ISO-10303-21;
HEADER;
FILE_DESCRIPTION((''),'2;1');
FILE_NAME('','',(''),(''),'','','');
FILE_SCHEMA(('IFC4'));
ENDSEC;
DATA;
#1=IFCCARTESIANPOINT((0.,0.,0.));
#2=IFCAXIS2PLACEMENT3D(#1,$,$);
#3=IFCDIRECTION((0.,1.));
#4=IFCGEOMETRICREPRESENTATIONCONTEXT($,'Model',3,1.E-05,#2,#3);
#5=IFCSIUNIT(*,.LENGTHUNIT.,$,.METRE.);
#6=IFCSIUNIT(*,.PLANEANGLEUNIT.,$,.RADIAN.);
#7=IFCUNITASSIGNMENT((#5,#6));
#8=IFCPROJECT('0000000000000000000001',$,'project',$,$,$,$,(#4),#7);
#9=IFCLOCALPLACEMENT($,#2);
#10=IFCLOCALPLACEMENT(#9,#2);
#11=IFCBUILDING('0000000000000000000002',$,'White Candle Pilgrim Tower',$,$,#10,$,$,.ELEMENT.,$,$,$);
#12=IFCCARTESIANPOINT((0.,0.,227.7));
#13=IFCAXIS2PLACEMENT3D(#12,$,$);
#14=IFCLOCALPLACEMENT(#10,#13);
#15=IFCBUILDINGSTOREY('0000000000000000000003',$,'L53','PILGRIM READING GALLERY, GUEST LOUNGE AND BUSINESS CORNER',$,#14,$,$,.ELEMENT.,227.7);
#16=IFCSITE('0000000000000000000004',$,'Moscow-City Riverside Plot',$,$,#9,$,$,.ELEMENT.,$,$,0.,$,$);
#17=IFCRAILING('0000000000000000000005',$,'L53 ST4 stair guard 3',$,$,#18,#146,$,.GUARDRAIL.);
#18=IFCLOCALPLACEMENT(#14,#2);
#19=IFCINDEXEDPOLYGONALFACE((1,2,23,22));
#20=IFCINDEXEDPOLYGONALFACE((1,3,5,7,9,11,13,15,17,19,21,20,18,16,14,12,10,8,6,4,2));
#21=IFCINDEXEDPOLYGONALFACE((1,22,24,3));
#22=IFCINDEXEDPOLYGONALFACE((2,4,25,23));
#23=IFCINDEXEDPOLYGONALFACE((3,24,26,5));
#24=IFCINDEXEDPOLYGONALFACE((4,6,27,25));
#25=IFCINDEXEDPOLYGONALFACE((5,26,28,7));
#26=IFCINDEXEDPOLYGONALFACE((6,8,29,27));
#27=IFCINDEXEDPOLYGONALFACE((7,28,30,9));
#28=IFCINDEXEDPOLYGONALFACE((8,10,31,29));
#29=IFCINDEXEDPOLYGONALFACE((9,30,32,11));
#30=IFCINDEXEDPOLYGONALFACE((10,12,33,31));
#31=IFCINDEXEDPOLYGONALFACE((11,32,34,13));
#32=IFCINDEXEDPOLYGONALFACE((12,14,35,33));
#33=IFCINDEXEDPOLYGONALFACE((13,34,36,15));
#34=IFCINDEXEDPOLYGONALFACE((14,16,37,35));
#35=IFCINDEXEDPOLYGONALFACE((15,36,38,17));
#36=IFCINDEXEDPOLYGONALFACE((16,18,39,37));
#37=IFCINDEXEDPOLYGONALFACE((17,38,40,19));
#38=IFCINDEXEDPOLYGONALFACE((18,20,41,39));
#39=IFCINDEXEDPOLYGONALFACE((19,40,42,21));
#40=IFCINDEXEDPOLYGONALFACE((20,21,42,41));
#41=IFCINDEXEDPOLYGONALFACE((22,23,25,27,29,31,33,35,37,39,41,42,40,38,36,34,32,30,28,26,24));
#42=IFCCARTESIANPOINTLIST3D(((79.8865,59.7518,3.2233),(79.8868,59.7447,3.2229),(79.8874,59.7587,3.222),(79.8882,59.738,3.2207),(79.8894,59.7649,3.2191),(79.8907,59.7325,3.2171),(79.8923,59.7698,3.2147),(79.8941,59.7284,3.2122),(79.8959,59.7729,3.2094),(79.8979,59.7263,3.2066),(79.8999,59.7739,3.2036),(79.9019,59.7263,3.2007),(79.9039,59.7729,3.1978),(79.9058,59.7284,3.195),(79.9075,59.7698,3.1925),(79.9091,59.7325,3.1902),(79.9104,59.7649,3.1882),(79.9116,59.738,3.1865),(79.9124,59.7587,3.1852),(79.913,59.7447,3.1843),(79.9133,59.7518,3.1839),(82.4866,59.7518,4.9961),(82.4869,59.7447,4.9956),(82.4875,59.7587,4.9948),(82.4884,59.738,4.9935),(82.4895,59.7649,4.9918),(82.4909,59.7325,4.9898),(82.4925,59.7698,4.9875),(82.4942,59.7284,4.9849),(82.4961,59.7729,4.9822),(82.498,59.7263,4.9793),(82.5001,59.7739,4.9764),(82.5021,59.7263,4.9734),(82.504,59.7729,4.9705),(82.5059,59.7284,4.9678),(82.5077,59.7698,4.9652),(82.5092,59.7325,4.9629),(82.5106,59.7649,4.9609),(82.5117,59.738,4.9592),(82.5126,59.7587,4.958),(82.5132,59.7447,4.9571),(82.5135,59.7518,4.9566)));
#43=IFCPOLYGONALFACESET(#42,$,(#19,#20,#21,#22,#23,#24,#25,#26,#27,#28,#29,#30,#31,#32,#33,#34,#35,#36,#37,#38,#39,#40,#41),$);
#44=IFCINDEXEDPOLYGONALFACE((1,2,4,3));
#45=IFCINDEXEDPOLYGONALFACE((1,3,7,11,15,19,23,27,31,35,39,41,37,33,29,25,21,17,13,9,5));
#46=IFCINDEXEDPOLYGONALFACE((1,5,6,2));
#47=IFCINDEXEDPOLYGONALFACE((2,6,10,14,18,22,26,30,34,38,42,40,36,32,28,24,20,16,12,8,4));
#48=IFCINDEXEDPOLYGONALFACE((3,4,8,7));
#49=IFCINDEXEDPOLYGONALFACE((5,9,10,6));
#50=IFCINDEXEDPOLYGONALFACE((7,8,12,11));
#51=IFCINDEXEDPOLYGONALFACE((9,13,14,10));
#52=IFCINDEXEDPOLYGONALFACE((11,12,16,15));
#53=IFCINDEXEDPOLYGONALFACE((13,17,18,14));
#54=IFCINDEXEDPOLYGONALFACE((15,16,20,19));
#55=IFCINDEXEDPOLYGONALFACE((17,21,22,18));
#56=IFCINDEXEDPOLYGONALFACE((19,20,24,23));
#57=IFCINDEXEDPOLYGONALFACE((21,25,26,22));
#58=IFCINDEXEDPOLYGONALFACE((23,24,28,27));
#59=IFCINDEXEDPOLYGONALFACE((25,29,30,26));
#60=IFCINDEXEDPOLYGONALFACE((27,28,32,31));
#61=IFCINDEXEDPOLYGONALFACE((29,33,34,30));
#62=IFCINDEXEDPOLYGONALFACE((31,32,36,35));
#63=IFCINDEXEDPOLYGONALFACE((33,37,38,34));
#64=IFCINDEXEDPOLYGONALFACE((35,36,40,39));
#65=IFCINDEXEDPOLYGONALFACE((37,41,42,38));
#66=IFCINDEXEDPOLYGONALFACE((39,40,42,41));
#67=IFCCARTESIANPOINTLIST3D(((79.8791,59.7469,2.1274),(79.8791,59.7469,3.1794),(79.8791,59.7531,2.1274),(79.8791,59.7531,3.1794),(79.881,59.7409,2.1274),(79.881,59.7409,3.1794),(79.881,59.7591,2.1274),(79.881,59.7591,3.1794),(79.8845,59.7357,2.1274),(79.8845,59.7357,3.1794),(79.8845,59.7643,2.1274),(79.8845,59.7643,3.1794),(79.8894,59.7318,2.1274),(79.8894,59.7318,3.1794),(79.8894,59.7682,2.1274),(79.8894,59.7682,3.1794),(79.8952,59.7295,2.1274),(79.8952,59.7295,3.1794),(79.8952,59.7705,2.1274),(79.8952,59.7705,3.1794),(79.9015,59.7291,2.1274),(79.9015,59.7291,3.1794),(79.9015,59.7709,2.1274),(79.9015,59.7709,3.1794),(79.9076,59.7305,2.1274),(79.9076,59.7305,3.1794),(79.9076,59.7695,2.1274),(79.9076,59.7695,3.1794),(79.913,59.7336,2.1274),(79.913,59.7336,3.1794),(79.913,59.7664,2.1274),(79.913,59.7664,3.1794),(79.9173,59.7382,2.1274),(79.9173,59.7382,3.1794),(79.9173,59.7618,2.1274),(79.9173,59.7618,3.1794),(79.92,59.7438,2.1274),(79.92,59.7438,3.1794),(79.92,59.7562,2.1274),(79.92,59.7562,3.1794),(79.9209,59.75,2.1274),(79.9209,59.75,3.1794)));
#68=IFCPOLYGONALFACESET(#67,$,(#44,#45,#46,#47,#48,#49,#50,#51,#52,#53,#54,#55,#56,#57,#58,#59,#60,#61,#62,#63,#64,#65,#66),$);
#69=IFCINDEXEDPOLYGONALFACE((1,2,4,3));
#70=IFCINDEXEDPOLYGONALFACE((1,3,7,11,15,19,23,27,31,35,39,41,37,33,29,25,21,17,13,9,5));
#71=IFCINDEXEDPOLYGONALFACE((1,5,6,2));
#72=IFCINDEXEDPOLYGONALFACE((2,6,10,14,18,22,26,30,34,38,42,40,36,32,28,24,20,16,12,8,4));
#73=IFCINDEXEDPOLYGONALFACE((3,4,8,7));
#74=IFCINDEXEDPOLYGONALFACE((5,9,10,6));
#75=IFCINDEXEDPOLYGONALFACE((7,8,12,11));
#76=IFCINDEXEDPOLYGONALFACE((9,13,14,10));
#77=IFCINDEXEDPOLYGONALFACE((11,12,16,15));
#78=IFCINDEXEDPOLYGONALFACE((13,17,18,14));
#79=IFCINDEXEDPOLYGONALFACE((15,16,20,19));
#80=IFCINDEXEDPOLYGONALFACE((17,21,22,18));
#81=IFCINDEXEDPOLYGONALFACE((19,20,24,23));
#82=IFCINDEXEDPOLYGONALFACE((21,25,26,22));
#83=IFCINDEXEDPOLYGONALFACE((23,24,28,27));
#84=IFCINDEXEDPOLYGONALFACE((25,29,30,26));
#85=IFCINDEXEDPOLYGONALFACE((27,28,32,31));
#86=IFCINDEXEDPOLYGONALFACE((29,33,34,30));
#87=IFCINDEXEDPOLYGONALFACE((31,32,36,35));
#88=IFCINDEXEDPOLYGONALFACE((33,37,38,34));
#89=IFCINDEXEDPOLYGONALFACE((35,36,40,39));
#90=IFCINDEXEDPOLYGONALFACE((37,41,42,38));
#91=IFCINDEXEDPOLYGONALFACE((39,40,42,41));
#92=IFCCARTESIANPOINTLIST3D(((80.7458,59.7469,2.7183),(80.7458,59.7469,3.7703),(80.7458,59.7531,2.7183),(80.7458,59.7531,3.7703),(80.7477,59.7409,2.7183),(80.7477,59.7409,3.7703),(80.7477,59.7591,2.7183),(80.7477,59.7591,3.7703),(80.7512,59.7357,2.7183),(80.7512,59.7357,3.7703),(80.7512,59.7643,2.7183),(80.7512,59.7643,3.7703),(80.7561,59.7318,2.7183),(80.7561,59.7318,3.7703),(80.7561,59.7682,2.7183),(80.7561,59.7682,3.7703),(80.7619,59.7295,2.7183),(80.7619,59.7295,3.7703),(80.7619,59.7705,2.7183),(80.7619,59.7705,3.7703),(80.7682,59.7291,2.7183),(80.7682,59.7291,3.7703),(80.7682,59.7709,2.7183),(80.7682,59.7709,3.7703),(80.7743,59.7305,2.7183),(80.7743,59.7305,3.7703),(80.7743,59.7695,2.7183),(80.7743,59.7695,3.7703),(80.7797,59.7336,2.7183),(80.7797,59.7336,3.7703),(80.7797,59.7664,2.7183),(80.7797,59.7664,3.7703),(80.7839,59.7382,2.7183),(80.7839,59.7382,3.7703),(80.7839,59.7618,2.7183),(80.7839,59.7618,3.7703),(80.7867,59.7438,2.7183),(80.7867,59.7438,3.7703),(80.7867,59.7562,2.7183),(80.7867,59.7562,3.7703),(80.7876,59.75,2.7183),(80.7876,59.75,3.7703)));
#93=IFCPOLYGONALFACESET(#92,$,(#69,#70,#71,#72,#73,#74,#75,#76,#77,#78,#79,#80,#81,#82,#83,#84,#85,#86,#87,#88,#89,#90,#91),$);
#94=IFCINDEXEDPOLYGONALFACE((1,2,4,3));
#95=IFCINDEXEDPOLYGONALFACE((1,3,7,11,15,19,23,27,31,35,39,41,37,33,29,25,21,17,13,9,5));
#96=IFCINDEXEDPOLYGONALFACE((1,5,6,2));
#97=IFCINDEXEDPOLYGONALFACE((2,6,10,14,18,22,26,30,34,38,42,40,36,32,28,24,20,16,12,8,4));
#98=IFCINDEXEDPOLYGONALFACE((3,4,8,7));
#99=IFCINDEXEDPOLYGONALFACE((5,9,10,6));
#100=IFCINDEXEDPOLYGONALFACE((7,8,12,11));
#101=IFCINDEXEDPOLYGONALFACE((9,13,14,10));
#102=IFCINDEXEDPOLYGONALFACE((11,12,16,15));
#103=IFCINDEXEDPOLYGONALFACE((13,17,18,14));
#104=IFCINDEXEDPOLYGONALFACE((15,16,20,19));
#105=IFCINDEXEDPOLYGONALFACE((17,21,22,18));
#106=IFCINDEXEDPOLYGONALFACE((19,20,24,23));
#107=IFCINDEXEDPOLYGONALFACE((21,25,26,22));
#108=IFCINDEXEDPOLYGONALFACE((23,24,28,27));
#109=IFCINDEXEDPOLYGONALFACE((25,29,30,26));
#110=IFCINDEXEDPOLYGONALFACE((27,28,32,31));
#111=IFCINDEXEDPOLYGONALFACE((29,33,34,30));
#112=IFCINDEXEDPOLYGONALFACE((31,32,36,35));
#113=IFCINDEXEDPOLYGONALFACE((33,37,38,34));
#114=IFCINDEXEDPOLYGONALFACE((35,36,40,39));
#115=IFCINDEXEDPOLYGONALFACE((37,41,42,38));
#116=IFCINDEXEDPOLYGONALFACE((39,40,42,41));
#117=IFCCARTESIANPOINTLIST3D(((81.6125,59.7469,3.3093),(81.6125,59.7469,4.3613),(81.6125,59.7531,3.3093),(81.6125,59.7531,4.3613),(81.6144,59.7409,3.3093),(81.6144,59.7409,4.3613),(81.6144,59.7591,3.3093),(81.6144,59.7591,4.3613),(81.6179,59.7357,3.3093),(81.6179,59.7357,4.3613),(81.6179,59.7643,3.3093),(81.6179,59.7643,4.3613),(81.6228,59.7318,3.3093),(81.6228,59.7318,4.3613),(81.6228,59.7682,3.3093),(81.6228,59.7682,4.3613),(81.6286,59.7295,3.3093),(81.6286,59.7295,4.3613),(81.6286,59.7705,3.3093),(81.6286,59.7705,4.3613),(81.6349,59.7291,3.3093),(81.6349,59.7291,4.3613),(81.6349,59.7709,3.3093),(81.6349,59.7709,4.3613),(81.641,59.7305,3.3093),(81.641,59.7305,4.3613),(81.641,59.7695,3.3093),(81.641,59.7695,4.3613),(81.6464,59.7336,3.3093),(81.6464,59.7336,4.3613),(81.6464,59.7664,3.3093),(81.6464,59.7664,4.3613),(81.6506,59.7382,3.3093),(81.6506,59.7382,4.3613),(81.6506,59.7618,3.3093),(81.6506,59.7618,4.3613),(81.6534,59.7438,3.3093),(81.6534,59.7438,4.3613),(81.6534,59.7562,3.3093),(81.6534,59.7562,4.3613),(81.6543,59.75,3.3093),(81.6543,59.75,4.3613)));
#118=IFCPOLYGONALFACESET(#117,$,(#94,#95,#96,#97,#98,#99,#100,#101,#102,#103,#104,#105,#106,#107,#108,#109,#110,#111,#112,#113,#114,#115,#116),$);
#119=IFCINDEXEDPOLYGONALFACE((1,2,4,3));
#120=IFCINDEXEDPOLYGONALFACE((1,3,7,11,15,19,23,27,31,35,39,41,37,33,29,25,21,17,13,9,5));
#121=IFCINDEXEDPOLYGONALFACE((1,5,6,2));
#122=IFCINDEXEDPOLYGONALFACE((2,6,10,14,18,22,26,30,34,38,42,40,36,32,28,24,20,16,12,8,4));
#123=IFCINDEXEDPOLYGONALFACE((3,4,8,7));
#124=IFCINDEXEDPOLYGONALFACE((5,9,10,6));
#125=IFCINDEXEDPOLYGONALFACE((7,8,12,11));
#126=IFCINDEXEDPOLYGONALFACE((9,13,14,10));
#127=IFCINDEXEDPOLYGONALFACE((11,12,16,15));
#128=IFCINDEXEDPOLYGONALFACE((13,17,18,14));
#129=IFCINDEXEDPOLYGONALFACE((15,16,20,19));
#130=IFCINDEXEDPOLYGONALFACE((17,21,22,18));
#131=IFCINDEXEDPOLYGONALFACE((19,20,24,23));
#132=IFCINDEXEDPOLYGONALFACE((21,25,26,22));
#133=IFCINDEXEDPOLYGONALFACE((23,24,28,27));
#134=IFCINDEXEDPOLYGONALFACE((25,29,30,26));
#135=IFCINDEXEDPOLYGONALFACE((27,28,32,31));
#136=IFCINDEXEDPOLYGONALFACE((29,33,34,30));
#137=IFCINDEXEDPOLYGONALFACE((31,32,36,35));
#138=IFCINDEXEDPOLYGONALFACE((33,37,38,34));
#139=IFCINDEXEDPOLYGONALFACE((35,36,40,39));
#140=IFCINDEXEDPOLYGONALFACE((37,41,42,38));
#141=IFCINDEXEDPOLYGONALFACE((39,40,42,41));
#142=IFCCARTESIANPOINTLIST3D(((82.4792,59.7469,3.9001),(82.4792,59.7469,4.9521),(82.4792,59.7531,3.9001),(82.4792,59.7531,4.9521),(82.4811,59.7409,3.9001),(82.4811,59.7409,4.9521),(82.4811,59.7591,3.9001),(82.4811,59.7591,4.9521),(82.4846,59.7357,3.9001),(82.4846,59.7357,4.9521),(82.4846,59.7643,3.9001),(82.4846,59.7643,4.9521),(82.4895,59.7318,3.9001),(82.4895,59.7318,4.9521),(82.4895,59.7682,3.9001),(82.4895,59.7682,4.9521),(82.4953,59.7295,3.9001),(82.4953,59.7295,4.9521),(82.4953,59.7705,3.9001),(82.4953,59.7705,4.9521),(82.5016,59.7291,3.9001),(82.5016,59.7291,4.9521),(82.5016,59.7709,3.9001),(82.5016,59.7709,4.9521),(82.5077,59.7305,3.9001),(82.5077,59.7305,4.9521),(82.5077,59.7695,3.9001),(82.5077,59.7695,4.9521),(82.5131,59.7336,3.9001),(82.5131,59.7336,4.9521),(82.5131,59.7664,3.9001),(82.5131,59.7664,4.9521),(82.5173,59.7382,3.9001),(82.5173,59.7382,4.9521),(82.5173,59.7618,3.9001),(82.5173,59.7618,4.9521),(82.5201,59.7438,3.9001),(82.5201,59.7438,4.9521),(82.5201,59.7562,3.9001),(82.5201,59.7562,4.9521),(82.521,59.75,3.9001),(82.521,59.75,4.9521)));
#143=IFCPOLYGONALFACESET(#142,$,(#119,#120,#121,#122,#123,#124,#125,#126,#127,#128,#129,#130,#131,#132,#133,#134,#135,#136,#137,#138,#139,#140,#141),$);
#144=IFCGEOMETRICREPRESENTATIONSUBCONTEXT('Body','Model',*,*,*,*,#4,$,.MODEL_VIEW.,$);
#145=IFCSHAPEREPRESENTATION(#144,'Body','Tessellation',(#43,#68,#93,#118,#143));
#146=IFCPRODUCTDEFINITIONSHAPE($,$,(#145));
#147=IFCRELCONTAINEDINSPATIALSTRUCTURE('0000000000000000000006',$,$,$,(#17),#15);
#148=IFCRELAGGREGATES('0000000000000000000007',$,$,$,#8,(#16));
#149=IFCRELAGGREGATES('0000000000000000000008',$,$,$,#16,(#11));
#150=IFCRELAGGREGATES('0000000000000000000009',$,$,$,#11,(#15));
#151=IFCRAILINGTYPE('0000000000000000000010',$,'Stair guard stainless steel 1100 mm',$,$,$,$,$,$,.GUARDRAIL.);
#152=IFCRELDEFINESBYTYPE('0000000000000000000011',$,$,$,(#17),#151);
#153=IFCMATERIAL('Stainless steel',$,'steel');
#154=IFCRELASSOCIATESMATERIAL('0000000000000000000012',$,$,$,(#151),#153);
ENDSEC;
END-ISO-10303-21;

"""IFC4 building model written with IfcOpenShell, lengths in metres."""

from ifc_helpers import new_model, si_unit, direction, frame, origin, origin_2d, place, context, subcontext, project, spatial, circle, extrude, material, type_object, element, save


model = new_model("IFC4")

# Units and contexts
model_context = context("Model", 3, precision=1e-05, world=origin(), true_north=direction((0.0, 1.0)))
body_context = subcontext(model_context, "Body", "Model", "MODEL_VIEW")
ifc_project = project(units=[si_unit("LENGTHUNIT", "METRE"), si_unit("PLANEANGLEUNIT", "RADIAN")], contexts=[model_context])

# Site, building, storey
site_placement = place(None, origin())
site = spatial("IfcSite", under=ifc_project, at=site_placement, Name="Moscow-City Riverside Plot", CompositionType="ELEMENT", RefElevation=0.0)
building_placement = place(site_placement, origin())
building = spatial("IfcBuilding", under=site, at=building_placement, Name="White Candle Pilgrim Tower", CompositionType="ELEMENT")
storey_placement = place(building_placement, frame((0.0, 0.0, 227.7)))
storey = spatial("IfcBuildingStorey", under=building, at=storey_placement, Name="L53", Description="PILGRIM READING GALLERY, GUEST LOUNGE AND BUSINESS CORNER", CompositionType="ELEMENT", Elevation=227.7)

# Railing
ifc_material_1 = material(Name="Stainless steel", Category="steel")
railing_type_1 = type_object("IfcRailingType", Name="Stair guard stainless steel 1100 mm", PredefinedType="GUARDRAIL", material=ifc_material_1)
railing_1_placement = place(storey_placement, frame((79.8999, 59.75, 2.1274)))
element("IfcRailing", 1, at=railing_1_placement, inside=storey, type_object=railing_type_1, Name="L53 ST4 stair guard 3", PredefinedType="GUARDRAIL", context=body_context, shape_type="SweptSolid", body=[
    extrude(circle(Radius=0.0239, at=origin_2d()), frame((0.0, 0.0, 1.0762), z_axis=(0.82624, 0.0, 0.563318), x_axis=(0.0, 1.0, 0.0)), (0.0, 0.0, 1.0), 3.147),
    extrude(circle(Radius=0.021, at=origin_2d()), origin(), (0.0, 0.0, 1.0), 1.052),
    extrude(circle(Radius=0.021, at=origin_2d()), frame((0.8667, 0.0, 0.5908)), (0.0, 0.0, 1.0), 1.052),
    extrude(circle(Radius=0.021, at=origin_2d()), frame((1.7334, 0.0, 1.1819)), (0.0, 0.0, 1.0), 1.052),
    extrude(circle(Radius=0.021, at=origin_2d()), frame((2.6001, 0.0, 1.7727)), (0.0, 0.0, 1.0), 1.052),
])

save(model, "model.ifc")
